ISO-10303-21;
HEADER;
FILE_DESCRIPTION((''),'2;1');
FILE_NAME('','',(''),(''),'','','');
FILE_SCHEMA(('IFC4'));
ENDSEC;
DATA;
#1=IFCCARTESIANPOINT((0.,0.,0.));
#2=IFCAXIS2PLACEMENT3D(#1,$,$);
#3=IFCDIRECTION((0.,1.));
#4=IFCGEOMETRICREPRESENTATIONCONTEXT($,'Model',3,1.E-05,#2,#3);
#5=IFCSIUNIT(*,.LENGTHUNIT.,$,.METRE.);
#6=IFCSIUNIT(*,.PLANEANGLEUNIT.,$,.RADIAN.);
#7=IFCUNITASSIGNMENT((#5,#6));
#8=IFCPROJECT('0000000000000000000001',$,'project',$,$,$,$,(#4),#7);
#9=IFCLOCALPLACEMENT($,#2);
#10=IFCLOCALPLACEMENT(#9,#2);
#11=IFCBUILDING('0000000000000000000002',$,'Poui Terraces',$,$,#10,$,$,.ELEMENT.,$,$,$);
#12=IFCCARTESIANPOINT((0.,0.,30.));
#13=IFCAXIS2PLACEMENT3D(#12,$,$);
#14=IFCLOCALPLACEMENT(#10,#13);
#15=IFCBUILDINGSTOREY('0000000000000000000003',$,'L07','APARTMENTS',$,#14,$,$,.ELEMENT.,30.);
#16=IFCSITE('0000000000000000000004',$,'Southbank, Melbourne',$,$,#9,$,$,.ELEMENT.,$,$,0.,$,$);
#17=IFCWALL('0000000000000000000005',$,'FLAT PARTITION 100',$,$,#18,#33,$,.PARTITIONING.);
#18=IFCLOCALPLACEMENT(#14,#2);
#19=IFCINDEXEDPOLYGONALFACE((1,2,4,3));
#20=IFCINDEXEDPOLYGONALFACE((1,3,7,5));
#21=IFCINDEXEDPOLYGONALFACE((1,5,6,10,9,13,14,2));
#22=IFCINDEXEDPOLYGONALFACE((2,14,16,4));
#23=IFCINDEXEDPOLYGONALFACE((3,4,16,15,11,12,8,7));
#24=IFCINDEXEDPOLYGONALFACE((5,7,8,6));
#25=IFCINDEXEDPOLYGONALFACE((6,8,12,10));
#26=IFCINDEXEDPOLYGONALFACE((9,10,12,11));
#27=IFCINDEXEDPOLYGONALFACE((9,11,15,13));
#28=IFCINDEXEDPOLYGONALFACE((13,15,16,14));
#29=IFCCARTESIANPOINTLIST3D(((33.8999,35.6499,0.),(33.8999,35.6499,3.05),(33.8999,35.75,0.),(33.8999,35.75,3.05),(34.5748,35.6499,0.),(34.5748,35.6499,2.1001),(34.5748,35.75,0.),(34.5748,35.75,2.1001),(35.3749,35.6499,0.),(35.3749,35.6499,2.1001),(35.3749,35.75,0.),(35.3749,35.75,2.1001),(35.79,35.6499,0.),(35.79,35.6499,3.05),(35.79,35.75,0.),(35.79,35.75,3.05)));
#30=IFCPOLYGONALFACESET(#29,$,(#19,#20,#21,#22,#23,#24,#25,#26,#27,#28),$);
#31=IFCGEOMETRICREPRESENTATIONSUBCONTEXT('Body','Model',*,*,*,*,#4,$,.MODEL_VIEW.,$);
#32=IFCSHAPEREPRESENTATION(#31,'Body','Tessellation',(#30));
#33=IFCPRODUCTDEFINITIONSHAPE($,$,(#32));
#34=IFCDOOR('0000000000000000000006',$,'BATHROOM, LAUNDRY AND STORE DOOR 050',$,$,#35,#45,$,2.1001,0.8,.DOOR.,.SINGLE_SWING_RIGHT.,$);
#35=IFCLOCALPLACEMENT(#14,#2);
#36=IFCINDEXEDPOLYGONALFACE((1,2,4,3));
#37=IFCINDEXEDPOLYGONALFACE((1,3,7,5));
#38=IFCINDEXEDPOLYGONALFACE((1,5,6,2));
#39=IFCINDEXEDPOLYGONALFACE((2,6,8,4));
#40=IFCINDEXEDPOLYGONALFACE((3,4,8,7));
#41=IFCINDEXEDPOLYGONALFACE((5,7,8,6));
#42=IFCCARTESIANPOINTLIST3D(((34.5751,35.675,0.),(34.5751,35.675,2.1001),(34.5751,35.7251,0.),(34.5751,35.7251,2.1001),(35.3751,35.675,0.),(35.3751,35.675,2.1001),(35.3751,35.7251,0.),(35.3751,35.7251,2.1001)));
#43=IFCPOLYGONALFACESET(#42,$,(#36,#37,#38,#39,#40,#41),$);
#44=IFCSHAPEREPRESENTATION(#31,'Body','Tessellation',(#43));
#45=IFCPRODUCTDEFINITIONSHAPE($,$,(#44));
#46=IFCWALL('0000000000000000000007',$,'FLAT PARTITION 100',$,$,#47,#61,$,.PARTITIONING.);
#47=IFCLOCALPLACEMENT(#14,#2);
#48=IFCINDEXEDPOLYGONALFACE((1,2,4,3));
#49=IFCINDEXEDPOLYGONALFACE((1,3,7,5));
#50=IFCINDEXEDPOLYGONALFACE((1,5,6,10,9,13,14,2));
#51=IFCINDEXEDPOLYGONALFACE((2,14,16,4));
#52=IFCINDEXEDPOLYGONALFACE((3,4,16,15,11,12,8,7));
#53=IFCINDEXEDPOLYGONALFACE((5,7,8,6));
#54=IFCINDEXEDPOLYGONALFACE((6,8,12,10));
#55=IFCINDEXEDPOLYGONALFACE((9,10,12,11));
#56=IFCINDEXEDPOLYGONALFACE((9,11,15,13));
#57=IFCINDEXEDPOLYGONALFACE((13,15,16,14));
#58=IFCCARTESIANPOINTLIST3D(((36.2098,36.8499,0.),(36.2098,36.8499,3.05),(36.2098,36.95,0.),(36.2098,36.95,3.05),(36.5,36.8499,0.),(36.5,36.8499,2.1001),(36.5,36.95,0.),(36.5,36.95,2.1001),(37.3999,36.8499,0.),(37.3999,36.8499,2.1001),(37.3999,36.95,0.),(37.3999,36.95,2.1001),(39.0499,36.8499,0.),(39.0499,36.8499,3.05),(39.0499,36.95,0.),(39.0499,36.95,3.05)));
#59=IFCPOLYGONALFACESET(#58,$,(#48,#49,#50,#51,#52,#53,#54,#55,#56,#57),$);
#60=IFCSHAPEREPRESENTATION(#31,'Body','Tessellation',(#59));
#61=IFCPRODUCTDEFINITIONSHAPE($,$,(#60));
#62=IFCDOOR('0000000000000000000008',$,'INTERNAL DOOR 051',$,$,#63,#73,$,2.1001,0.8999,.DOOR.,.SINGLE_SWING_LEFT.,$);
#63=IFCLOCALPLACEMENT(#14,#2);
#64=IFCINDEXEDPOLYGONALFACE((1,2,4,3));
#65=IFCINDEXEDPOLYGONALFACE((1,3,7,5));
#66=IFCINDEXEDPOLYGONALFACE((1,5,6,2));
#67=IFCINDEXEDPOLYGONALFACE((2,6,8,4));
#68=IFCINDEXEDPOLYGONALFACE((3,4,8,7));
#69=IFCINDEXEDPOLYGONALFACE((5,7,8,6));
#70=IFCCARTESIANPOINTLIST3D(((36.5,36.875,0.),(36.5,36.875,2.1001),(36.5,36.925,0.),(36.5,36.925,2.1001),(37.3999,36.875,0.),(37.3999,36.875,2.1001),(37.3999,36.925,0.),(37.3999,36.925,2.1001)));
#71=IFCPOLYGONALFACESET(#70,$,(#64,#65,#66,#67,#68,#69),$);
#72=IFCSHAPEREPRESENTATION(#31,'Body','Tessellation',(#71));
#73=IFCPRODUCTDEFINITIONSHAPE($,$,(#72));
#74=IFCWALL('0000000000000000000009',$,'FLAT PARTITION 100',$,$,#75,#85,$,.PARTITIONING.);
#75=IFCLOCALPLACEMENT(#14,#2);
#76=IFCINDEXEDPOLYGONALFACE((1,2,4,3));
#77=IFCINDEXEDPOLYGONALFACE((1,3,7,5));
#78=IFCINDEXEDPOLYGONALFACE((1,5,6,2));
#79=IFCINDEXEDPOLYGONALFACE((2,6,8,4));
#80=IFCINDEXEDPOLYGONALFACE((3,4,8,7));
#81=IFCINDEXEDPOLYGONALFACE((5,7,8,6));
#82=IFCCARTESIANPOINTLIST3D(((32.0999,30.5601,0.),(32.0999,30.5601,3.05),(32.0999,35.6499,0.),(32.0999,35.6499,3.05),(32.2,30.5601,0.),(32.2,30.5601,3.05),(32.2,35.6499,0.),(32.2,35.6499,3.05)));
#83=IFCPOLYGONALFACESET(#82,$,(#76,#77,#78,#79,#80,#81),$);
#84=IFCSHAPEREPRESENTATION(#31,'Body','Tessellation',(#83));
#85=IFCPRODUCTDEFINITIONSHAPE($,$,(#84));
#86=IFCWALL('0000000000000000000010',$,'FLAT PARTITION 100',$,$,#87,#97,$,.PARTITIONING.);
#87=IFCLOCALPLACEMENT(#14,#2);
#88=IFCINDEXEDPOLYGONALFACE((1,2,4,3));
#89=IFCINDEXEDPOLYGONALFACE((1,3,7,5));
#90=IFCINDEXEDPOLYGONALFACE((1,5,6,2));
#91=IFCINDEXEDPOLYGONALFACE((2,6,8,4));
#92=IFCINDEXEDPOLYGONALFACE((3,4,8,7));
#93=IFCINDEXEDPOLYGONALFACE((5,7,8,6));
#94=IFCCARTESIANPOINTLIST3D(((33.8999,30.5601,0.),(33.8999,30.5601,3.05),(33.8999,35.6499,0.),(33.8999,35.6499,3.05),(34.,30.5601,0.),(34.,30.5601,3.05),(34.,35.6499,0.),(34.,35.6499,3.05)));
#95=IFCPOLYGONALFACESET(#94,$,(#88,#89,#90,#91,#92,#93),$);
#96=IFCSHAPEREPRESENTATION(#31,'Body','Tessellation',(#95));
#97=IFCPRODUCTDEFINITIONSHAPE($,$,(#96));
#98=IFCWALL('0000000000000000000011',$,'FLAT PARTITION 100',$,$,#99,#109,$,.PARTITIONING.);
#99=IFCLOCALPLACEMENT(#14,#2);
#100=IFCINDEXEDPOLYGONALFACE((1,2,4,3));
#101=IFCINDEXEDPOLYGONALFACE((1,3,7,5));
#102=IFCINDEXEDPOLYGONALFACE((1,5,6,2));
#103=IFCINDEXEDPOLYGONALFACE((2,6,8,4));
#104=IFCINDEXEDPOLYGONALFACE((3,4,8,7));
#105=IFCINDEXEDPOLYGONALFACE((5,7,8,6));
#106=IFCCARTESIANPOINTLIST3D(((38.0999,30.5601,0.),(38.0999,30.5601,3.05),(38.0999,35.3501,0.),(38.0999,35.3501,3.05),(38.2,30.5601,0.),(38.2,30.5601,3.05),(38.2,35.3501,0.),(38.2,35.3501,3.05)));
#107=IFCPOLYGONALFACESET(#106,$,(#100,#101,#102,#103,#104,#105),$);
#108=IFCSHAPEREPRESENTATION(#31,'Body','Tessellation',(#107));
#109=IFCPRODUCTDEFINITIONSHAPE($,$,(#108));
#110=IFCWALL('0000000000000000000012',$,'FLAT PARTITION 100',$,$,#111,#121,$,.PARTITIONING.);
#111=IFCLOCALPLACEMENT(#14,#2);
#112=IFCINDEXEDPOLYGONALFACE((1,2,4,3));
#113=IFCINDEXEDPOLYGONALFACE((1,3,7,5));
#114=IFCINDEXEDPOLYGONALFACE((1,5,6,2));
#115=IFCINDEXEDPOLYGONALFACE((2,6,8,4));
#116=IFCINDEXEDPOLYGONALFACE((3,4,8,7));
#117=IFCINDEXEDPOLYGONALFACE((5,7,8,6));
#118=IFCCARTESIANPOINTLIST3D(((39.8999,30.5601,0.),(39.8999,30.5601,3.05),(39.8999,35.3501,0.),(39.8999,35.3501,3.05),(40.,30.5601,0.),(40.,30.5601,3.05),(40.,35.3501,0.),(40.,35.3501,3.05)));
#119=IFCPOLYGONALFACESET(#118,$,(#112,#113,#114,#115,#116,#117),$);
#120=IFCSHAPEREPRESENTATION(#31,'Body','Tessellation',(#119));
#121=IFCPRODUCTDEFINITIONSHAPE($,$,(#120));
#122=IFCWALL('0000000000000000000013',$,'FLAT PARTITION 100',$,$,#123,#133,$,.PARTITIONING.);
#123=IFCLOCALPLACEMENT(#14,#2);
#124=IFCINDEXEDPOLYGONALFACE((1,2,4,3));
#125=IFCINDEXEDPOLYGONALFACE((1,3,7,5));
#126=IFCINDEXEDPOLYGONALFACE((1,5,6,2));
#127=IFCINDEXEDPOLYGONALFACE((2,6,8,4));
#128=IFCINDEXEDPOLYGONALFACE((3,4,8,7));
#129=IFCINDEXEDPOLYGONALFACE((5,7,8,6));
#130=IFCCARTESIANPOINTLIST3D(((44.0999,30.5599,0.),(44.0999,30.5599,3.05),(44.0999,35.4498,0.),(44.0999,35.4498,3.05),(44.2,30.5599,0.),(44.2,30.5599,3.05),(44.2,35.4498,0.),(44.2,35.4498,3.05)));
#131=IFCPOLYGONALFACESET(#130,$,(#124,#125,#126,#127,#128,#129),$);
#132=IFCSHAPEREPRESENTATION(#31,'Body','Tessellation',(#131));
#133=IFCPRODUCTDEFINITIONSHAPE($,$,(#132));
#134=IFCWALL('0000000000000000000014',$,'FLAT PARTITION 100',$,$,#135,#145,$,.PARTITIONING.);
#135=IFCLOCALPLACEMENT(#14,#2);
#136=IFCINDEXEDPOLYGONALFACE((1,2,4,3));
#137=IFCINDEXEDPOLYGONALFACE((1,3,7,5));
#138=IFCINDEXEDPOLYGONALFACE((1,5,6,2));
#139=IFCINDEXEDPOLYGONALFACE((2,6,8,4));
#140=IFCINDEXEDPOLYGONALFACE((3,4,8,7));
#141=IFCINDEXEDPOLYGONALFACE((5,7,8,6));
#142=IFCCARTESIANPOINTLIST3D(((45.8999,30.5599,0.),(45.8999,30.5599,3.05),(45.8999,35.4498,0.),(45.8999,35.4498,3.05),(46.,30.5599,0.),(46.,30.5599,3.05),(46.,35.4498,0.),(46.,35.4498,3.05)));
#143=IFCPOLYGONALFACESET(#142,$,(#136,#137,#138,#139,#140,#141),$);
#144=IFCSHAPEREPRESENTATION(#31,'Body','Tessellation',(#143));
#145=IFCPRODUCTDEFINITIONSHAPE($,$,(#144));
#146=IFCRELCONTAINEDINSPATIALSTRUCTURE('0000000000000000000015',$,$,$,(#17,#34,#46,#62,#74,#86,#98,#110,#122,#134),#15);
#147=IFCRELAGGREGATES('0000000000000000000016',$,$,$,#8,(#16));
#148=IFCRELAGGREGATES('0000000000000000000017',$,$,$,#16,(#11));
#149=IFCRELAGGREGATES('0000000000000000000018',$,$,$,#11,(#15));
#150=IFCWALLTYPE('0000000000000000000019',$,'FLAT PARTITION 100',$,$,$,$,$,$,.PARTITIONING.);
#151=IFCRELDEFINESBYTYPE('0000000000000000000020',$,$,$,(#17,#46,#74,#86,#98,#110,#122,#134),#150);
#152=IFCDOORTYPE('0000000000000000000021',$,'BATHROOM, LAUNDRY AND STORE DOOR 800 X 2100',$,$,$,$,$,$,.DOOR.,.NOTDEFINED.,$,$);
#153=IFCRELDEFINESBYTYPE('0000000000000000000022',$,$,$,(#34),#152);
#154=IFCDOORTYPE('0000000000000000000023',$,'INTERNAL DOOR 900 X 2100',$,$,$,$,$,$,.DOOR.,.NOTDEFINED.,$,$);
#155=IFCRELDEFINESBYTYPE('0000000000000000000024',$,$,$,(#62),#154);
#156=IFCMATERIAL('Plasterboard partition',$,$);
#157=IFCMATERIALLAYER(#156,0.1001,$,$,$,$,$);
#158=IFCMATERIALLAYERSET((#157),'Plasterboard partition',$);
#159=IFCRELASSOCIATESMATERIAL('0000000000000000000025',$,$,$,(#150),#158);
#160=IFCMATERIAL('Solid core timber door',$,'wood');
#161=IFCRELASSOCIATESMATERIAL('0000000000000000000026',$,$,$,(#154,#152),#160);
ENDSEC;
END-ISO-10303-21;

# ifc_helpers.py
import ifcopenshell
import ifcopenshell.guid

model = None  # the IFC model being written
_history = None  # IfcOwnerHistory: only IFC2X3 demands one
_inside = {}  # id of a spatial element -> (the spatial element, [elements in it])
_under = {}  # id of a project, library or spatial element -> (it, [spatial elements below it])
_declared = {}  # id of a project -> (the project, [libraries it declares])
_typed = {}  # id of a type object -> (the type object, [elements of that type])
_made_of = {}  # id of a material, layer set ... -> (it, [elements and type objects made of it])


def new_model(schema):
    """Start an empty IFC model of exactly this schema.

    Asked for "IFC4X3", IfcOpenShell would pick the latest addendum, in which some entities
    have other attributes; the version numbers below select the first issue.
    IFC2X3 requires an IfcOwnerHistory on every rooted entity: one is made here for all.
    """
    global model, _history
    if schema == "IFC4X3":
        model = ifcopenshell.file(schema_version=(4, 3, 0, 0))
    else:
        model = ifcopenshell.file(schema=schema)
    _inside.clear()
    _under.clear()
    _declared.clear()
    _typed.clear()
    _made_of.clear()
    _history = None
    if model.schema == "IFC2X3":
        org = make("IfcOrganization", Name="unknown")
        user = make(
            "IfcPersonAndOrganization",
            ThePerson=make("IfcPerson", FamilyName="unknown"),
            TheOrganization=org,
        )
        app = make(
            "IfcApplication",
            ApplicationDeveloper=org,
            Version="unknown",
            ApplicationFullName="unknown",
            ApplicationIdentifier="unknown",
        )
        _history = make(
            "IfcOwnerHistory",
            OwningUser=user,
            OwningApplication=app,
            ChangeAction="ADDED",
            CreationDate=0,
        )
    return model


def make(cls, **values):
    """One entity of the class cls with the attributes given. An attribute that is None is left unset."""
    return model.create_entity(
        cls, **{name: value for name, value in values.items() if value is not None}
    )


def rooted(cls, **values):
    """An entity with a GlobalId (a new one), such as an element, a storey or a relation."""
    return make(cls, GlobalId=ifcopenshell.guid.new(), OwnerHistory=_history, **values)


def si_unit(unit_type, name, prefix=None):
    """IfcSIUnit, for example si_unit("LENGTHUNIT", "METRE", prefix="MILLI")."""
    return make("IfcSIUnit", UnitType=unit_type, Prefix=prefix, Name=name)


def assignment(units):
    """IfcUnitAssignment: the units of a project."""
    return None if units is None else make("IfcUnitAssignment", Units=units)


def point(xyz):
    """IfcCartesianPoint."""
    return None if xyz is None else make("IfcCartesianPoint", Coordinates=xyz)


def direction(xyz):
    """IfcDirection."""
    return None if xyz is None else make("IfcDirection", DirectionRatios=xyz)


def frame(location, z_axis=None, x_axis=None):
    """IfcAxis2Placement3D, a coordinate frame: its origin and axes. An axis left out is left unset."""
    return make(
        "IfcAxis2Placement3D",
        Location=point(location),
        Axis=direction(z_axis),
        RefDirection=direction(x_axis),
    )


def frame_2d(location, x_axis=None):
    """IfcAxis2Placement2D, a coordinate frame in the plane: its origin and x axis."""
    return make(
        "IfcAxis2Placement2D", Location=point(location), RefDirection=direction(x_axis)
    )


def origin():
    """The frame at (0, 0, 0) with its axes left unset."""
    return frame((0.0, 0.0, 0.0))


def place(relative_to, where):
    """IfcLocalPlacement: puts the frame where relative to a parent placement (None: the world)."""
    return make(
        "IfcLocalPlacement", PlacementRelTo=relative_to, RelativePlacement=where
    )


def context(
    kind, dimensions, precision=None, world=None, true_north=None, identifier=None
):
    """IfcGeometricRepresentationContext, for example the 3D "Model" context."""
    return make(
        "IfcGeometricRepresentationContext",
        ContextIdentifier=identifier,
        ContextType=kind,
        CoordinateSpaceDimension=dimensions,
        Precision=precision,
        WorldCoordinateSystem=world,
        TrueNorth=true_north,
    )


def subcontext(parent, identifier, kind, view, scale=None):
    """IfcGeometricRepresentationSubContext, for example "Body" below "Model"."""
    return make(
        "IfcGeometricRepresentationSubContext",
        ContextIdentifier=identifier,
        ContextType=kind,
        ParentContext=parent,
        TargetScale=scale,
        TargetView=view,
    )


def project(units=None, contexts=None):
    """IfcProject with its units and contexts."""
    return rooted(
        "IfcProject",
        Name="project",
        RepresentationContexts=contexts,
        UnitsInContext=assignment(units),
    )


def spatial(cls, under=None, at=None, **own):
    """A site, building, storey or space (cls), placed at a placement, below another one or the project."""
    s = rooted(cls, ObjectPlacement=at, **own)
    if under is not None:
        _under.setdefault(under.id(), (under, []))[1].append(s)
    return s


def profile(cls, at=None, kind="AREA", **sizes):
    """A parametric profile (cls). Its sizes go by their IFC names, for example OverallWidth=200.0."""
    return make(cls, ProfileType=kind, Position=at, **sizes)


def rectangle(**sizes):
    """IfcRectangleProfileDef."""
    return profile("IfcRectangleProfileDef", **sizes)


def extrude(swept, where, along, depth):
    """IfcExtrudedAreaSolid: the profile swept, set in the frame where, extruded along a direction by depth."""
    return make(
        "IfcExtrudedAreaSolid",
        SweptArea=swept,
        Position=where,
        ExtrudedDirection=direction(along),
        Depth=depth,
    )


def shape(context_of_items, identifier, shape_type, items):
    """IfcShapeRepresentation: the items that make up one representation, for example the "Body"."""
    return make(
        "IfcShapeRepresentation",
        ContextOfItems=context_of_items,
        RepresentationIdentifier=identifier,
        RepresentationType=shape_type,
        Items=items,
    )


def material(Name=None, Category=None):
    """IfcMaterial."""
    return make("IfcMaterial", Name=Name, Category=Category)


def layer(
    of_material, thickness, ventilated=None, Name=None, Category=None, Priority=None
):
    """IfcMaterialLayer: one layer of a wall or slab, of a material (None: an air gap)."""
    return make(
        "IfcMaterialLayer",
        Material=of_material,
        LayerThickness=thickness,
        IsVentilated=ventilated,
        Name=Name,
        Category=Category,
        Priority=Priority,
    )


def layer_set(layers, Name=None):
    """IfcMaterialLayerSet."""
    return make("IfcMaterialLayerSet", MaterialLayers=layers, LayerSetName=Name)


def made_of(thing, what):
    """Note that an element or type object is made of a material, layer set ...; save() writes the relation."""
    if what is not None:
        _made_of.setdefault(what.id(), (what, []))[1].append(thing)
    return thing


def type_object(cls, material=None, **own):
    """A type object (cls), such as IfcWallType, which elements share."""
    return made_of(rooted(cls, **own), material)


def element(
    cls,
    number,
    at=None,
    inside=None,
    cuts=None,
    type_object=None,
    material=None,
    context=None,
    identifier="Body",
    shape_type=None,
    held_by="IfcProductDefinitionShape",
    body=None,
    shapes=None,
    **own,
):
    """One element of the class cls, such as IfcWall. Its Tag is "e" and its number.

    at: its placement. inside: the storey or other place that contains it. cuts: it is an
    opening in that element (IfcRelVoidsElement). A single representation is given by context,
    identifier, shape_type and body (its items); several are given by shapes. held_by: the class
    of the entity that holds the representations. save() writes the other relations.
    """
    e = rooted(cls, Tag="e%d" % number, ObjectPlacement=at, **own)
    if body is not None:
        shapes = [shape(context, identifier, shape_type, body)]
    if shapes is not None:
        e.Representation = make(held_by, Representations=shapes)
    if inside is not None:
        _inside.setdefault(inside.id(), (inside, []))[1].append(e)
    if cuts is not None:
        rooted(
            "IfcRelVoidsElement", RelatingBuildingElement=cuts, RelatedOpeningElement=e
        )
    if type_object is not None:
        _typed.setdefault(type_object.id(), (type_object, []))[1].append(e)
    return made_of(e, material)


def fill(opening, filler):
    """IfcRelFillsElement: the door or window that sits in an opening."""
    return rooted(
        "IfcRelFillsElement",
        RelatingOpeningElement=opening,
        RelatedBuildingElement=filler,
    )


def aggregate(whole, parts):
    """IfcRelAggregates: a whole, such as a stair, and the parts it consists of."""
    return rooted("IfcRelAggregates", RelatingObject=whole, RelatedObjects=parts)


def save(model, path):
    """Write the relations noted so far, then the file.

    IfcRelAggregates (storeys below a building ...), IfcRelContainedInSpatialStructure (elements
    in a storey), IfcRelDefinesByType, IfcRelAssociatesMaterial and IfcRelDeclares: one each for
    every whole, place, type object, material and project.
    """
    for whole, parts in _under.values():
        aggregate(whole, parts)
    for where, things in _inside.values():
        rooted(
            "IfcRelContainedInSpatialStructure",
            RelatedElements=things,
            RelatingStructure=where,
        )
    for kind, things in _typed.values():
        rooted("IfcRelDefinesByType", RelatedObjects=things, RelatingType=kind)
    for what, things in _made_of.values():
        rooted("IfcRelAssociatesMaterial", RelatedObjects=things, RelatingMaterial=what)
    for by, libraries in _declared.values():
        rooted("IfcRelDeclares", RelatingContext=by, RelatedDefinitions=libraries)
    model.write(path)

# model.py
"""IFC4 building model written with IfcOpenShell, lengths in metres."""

from ifc_helpers import new_model, si_unit, direction, frame, frame_2d, origin, place, context, subcontext, project, spatial, rectangle, extrude, material, layer, layer_set, type_object, element, fill, save


model = new_model("IFC4")

# Units and contexts
model_context = context("Model", 3, precision=1e-05, world=origin(), true_north=direction((0.0, 1.0)))
body_context = subcontext(model_context, "Body", "Model", "MODEL_VIEW")
ifc_project = project(units=[si_unit("LENGTHUNIT", "METRE"), si_unit("PLANEANGLEUNIT", "RADIAN")], contexts=[model_context])

# Site, building, storey
site_placement = place(None, origin())
site = spatial("IfcSite", under=ifc_project, at=site_placement, Name="Southbank, Melbourne", CompositionType="ELEMENT", RefElevation=0.0)
building_placement = place(site_placement, origin())
building = spatial("IfcBuilding", under=site, at=building_placement, Name="Poui Terraces", CompositionType="ELEMENT")
storey_placement = place(building_placement, frame((0.0, 0.0, 30.0)))
storey = spatial("IfcBuildingStorey", under=building, at=storey_placement, Name="L07", Description="APARTMENTS", CompositionType="ELEMENT", Elevation=30.0)

# Walls, openings, doors
ifc_material_1 = material(Name="Plasterboard partition")
ifc_layer_1 = layer(ifc_material_1, 0.1001)
ifc_layer_set_1 = layer_set([ifc_layer_1], Name="Plasterboard partition")
wall_type_1 = type_object("IfcWallType", Name="FLAT PARTITION 100", PredefinedType="PARTITIONING", material=ifc_layer_set_1)
ifc_material_2 = material(Name="Solid core timber door", Category="wood")
door_type_1 = type_object("IfcDoorType", Name="INTERNAL DOOR 900 X 2100", OperationType="NOTDEFINED", PredefinedType="DOOR", material=ifc_material_2)
door_type_2 = type_object("IfcDoorType", Name="BATHROOM, LAUNDRY AND STORE DOOR 800 X 2100", OperationType="NOTDEFINED", PredefinedType="DOOR", material=ifc_material_2)
wall_1_placement = place(storey_placement, frame((33.8999, 35.7, 0.0), z_axis=(0.0, 0.0, 1.0), x_axis=(1.0, 0.0, 0.0)))
wall_1 = element("IfcWall", 1, at=wall_1_placement, inside=storey, type_object=wall_type_1, Name="FLAT PARTITION 100", PredefinedType="PARTITIONING", context=body_context, shape_type="SweptSolid", body=[
    extrude(rectangle(XDim=1.8901, YDim=0.1001, at=frame_2d((0.9451, 0.0))), origin(), (0.0, 0.0, 1.0), 3.05),
])
opening_1_placement = place(wall_1_placement, frame((0.675, 0.0, 0.0)))
opening_1 = element("IfcOpeningElement", 2, at=opening_1_placement, cuts=wall_1, PredefinedType="OPENING", context=body_context, shape_type="SweptSolid", body=[
    extrude(rectangle(XDim=0.8, YDim=2.1001, at=frame_2d((0.3999, 1.05))), frame((0.0, 0.0601, 0.0), z_axis=(0.0, -1.0, 0.0), x_axis=(1.0, 0.0, 0.0)), (0.0, 0.0, 1.0), 0.1201),
])
door_1_placement = place(opening_1_placement, frame((0.8, 0.0, 0.0), z_axis=(0.0, 0.0, 1.0), x_axis=(-1.0, 0.0, 0.0)))
door_1 = element("IfcDoor", 3, at=door_1_placement, inside=storey, type_object=door_type_2, Name="BATHROOM, LAUNDRY AND STORE DOOR 050", OperationType="SINGLE_SWING_RIGHT", OverallHeight=2.1001, OverallWidth=0.8, PredefinedType="DOOR", context=body_context, shape_type="SweptSolid", body=[
    extrude(rectangle(XDim=0.8, YDim=2.1001, at=frame_2d((0.3999, 1.05))), frame((0.0, 0.0249, 0.0), z_axis=(0.0, -1.0, 0.0), x_axis=(1.0, 0.0, 0.0)), (0.0, 0.0, 1.0), 0.05),
])
fill(opening_1, door_1)
wall_2_placement = place(storey_placement, frame((36.21, 36.8999, 0.0), z_axis=(0.0, 0.0, 1.0), x_axis=(1.0, 0.0, 0.0)))
wall_2 = element("IfcWall", 4, at=wall_2_placement, inside=storey, type_object=wall_type_1, Name="FLAT PARTITION 100", PredefinedType="PARTITIONING", context=body_context, shape_type="SweptSolid", body=[
    extrude(rectangle(XDim=2.8401, YDim=0.1001, at=frame_2d((1.4199, 0.0))), origin(), (0.0, 0.0, 1.0), 3.05),
])
opening_2_placement = place(wall_2_placement, frame((0.29, 0.0, 0.0)))
opening_2 = element("IfcOpeningElement", 5, at=opening_2_placement, cuts=wall_2, PredefinedType="OPENING", context=body_context, shape_type="SweptSolid", body=[
    extrude(rectangle(XDim=0.8999, YDim=2.1001, at=frame_2d((0.45, 1.05))), frame((0.0, 0.0601, 0.0), z_axis=(0.0, -1.0, 0.0), x_axis=(1.0, 0.0, 0.0)), (0.0, 0.0, 1.0), 0.1201),
])
door_2_placement = place(opening_2_placement, frame((0.8999, 0.0, 0.0), z_axis=(0.0, 0.0, 1.0), x_axis=(-1.0, 0.0, 0.0)))
door_2 = element("IfcDoor", 6, at=door_2_placement, inside=storey, type_object=door_type_1, Name="INTERNAL DOOR 051", OperationType="SINGLE_SWING_LEFT", OverallHeight=2.1001, OverallWidth=0.8999, PredefinedType="DOOR", context=body_context, shape_type="SweptSolid", body=[
    extrude(rectangle(XDim=0.8999, YDim=2.1001, at=frame_2d((0.45, 1.05))), frame((0.0, 0.0249, 0.0), z_axis=(0.0, -1.0, 0.0), x_axis=(1.0, 0.0, 0.0)), (0.0, 0.0, 1.0), 0.05),
])
fill(opening_2, door_2)

# Walls
for number, where, z_axis, x_axis, name in (
    (7, (32.1499, 30.5601, 0.0), (0.0, 0.0, 1.0), (0.0, 1.0, 0.0), "FLAT PARTITION 100"),
    (8, (33.95, 30.5601, 0.0), (0.0, 0.0, 1.0), (0.0, 1.0, 0.0), "FLAT PARTITION 100"),
):
    element("IfcWall", number, at=place(storey_placement, frame(where, z_axis=z_axis, x_axis=x_axis)), inside=storey, type_object=wall_type_1, Name=name, PredefinedType="PARTITIONING", context=body_context, shape_type="SweptSolid", body=[
        extrude(rectangle(XDim=5.0898, YDim=0.1001, at=frame_2d((2.5449, 0.0))), origin(), (0.0, 0.0, 1.0), 3.05),
    ])
for number, where, z_axis, x_axis, name in (
    (9, (38.1499, 30.5601, 0.0), (0.0, 0.0, 1.0), (0.0, 1.0, 0.0), "FLAT PARTITION 100"),
    (10, (39.95, 30.5601, 0.0), (0.0, 0.0, 1.0), (0.0, 1.0, 0.0), "FLAT PARTITION 100"),
):
    element("IfcWall", number, at=place(storey_placement, frame(where, z_axis=z_axis, x_axis=x_axis)), inside=storey, type_object=wall_type_1, Name=name, PredefinedType="PARTITIONING", context=body_context, shape_type="SweptSolid", body=[
        extrude(rectangle(XDim=4.79, YDim=0.1001, at=frame_2d((2.395, 0.0))), origin(), (0.0, 0.0, 1.0), 3.05),
    ])
for number, where, z_axis, x_axis, name in (
    (11, (44.1499, 30.5601, 0.0), (0.0, 0.0, 1.0), (0.0, 1.0, 0.0), "FLAT PARTITION 100"),
    (12, (45.95, 30.5601, 0.0), (0.0, 0.0, 1.0), (0.0, 1.0, 0.0), "FLAT PARTITION 100"),
):
    element("IfcWall", number, at=place(storey_placement, frame(where, z_axis=z_axis, x_axis=x_axis)), inside=storey, type_object=wall_type_1, Name=name, PredefinedType="PARTITIONING", context=body_context, shape_type="SweptSolid", body=[
        extrude(rectangle(XDim=4.8899, YDim=0.1001, at=frame_2d((2.4448, 0.0))), origin(), (0.0, 0.0, 1.0), 3.05),
    ])

save(model, "model.ifc")
